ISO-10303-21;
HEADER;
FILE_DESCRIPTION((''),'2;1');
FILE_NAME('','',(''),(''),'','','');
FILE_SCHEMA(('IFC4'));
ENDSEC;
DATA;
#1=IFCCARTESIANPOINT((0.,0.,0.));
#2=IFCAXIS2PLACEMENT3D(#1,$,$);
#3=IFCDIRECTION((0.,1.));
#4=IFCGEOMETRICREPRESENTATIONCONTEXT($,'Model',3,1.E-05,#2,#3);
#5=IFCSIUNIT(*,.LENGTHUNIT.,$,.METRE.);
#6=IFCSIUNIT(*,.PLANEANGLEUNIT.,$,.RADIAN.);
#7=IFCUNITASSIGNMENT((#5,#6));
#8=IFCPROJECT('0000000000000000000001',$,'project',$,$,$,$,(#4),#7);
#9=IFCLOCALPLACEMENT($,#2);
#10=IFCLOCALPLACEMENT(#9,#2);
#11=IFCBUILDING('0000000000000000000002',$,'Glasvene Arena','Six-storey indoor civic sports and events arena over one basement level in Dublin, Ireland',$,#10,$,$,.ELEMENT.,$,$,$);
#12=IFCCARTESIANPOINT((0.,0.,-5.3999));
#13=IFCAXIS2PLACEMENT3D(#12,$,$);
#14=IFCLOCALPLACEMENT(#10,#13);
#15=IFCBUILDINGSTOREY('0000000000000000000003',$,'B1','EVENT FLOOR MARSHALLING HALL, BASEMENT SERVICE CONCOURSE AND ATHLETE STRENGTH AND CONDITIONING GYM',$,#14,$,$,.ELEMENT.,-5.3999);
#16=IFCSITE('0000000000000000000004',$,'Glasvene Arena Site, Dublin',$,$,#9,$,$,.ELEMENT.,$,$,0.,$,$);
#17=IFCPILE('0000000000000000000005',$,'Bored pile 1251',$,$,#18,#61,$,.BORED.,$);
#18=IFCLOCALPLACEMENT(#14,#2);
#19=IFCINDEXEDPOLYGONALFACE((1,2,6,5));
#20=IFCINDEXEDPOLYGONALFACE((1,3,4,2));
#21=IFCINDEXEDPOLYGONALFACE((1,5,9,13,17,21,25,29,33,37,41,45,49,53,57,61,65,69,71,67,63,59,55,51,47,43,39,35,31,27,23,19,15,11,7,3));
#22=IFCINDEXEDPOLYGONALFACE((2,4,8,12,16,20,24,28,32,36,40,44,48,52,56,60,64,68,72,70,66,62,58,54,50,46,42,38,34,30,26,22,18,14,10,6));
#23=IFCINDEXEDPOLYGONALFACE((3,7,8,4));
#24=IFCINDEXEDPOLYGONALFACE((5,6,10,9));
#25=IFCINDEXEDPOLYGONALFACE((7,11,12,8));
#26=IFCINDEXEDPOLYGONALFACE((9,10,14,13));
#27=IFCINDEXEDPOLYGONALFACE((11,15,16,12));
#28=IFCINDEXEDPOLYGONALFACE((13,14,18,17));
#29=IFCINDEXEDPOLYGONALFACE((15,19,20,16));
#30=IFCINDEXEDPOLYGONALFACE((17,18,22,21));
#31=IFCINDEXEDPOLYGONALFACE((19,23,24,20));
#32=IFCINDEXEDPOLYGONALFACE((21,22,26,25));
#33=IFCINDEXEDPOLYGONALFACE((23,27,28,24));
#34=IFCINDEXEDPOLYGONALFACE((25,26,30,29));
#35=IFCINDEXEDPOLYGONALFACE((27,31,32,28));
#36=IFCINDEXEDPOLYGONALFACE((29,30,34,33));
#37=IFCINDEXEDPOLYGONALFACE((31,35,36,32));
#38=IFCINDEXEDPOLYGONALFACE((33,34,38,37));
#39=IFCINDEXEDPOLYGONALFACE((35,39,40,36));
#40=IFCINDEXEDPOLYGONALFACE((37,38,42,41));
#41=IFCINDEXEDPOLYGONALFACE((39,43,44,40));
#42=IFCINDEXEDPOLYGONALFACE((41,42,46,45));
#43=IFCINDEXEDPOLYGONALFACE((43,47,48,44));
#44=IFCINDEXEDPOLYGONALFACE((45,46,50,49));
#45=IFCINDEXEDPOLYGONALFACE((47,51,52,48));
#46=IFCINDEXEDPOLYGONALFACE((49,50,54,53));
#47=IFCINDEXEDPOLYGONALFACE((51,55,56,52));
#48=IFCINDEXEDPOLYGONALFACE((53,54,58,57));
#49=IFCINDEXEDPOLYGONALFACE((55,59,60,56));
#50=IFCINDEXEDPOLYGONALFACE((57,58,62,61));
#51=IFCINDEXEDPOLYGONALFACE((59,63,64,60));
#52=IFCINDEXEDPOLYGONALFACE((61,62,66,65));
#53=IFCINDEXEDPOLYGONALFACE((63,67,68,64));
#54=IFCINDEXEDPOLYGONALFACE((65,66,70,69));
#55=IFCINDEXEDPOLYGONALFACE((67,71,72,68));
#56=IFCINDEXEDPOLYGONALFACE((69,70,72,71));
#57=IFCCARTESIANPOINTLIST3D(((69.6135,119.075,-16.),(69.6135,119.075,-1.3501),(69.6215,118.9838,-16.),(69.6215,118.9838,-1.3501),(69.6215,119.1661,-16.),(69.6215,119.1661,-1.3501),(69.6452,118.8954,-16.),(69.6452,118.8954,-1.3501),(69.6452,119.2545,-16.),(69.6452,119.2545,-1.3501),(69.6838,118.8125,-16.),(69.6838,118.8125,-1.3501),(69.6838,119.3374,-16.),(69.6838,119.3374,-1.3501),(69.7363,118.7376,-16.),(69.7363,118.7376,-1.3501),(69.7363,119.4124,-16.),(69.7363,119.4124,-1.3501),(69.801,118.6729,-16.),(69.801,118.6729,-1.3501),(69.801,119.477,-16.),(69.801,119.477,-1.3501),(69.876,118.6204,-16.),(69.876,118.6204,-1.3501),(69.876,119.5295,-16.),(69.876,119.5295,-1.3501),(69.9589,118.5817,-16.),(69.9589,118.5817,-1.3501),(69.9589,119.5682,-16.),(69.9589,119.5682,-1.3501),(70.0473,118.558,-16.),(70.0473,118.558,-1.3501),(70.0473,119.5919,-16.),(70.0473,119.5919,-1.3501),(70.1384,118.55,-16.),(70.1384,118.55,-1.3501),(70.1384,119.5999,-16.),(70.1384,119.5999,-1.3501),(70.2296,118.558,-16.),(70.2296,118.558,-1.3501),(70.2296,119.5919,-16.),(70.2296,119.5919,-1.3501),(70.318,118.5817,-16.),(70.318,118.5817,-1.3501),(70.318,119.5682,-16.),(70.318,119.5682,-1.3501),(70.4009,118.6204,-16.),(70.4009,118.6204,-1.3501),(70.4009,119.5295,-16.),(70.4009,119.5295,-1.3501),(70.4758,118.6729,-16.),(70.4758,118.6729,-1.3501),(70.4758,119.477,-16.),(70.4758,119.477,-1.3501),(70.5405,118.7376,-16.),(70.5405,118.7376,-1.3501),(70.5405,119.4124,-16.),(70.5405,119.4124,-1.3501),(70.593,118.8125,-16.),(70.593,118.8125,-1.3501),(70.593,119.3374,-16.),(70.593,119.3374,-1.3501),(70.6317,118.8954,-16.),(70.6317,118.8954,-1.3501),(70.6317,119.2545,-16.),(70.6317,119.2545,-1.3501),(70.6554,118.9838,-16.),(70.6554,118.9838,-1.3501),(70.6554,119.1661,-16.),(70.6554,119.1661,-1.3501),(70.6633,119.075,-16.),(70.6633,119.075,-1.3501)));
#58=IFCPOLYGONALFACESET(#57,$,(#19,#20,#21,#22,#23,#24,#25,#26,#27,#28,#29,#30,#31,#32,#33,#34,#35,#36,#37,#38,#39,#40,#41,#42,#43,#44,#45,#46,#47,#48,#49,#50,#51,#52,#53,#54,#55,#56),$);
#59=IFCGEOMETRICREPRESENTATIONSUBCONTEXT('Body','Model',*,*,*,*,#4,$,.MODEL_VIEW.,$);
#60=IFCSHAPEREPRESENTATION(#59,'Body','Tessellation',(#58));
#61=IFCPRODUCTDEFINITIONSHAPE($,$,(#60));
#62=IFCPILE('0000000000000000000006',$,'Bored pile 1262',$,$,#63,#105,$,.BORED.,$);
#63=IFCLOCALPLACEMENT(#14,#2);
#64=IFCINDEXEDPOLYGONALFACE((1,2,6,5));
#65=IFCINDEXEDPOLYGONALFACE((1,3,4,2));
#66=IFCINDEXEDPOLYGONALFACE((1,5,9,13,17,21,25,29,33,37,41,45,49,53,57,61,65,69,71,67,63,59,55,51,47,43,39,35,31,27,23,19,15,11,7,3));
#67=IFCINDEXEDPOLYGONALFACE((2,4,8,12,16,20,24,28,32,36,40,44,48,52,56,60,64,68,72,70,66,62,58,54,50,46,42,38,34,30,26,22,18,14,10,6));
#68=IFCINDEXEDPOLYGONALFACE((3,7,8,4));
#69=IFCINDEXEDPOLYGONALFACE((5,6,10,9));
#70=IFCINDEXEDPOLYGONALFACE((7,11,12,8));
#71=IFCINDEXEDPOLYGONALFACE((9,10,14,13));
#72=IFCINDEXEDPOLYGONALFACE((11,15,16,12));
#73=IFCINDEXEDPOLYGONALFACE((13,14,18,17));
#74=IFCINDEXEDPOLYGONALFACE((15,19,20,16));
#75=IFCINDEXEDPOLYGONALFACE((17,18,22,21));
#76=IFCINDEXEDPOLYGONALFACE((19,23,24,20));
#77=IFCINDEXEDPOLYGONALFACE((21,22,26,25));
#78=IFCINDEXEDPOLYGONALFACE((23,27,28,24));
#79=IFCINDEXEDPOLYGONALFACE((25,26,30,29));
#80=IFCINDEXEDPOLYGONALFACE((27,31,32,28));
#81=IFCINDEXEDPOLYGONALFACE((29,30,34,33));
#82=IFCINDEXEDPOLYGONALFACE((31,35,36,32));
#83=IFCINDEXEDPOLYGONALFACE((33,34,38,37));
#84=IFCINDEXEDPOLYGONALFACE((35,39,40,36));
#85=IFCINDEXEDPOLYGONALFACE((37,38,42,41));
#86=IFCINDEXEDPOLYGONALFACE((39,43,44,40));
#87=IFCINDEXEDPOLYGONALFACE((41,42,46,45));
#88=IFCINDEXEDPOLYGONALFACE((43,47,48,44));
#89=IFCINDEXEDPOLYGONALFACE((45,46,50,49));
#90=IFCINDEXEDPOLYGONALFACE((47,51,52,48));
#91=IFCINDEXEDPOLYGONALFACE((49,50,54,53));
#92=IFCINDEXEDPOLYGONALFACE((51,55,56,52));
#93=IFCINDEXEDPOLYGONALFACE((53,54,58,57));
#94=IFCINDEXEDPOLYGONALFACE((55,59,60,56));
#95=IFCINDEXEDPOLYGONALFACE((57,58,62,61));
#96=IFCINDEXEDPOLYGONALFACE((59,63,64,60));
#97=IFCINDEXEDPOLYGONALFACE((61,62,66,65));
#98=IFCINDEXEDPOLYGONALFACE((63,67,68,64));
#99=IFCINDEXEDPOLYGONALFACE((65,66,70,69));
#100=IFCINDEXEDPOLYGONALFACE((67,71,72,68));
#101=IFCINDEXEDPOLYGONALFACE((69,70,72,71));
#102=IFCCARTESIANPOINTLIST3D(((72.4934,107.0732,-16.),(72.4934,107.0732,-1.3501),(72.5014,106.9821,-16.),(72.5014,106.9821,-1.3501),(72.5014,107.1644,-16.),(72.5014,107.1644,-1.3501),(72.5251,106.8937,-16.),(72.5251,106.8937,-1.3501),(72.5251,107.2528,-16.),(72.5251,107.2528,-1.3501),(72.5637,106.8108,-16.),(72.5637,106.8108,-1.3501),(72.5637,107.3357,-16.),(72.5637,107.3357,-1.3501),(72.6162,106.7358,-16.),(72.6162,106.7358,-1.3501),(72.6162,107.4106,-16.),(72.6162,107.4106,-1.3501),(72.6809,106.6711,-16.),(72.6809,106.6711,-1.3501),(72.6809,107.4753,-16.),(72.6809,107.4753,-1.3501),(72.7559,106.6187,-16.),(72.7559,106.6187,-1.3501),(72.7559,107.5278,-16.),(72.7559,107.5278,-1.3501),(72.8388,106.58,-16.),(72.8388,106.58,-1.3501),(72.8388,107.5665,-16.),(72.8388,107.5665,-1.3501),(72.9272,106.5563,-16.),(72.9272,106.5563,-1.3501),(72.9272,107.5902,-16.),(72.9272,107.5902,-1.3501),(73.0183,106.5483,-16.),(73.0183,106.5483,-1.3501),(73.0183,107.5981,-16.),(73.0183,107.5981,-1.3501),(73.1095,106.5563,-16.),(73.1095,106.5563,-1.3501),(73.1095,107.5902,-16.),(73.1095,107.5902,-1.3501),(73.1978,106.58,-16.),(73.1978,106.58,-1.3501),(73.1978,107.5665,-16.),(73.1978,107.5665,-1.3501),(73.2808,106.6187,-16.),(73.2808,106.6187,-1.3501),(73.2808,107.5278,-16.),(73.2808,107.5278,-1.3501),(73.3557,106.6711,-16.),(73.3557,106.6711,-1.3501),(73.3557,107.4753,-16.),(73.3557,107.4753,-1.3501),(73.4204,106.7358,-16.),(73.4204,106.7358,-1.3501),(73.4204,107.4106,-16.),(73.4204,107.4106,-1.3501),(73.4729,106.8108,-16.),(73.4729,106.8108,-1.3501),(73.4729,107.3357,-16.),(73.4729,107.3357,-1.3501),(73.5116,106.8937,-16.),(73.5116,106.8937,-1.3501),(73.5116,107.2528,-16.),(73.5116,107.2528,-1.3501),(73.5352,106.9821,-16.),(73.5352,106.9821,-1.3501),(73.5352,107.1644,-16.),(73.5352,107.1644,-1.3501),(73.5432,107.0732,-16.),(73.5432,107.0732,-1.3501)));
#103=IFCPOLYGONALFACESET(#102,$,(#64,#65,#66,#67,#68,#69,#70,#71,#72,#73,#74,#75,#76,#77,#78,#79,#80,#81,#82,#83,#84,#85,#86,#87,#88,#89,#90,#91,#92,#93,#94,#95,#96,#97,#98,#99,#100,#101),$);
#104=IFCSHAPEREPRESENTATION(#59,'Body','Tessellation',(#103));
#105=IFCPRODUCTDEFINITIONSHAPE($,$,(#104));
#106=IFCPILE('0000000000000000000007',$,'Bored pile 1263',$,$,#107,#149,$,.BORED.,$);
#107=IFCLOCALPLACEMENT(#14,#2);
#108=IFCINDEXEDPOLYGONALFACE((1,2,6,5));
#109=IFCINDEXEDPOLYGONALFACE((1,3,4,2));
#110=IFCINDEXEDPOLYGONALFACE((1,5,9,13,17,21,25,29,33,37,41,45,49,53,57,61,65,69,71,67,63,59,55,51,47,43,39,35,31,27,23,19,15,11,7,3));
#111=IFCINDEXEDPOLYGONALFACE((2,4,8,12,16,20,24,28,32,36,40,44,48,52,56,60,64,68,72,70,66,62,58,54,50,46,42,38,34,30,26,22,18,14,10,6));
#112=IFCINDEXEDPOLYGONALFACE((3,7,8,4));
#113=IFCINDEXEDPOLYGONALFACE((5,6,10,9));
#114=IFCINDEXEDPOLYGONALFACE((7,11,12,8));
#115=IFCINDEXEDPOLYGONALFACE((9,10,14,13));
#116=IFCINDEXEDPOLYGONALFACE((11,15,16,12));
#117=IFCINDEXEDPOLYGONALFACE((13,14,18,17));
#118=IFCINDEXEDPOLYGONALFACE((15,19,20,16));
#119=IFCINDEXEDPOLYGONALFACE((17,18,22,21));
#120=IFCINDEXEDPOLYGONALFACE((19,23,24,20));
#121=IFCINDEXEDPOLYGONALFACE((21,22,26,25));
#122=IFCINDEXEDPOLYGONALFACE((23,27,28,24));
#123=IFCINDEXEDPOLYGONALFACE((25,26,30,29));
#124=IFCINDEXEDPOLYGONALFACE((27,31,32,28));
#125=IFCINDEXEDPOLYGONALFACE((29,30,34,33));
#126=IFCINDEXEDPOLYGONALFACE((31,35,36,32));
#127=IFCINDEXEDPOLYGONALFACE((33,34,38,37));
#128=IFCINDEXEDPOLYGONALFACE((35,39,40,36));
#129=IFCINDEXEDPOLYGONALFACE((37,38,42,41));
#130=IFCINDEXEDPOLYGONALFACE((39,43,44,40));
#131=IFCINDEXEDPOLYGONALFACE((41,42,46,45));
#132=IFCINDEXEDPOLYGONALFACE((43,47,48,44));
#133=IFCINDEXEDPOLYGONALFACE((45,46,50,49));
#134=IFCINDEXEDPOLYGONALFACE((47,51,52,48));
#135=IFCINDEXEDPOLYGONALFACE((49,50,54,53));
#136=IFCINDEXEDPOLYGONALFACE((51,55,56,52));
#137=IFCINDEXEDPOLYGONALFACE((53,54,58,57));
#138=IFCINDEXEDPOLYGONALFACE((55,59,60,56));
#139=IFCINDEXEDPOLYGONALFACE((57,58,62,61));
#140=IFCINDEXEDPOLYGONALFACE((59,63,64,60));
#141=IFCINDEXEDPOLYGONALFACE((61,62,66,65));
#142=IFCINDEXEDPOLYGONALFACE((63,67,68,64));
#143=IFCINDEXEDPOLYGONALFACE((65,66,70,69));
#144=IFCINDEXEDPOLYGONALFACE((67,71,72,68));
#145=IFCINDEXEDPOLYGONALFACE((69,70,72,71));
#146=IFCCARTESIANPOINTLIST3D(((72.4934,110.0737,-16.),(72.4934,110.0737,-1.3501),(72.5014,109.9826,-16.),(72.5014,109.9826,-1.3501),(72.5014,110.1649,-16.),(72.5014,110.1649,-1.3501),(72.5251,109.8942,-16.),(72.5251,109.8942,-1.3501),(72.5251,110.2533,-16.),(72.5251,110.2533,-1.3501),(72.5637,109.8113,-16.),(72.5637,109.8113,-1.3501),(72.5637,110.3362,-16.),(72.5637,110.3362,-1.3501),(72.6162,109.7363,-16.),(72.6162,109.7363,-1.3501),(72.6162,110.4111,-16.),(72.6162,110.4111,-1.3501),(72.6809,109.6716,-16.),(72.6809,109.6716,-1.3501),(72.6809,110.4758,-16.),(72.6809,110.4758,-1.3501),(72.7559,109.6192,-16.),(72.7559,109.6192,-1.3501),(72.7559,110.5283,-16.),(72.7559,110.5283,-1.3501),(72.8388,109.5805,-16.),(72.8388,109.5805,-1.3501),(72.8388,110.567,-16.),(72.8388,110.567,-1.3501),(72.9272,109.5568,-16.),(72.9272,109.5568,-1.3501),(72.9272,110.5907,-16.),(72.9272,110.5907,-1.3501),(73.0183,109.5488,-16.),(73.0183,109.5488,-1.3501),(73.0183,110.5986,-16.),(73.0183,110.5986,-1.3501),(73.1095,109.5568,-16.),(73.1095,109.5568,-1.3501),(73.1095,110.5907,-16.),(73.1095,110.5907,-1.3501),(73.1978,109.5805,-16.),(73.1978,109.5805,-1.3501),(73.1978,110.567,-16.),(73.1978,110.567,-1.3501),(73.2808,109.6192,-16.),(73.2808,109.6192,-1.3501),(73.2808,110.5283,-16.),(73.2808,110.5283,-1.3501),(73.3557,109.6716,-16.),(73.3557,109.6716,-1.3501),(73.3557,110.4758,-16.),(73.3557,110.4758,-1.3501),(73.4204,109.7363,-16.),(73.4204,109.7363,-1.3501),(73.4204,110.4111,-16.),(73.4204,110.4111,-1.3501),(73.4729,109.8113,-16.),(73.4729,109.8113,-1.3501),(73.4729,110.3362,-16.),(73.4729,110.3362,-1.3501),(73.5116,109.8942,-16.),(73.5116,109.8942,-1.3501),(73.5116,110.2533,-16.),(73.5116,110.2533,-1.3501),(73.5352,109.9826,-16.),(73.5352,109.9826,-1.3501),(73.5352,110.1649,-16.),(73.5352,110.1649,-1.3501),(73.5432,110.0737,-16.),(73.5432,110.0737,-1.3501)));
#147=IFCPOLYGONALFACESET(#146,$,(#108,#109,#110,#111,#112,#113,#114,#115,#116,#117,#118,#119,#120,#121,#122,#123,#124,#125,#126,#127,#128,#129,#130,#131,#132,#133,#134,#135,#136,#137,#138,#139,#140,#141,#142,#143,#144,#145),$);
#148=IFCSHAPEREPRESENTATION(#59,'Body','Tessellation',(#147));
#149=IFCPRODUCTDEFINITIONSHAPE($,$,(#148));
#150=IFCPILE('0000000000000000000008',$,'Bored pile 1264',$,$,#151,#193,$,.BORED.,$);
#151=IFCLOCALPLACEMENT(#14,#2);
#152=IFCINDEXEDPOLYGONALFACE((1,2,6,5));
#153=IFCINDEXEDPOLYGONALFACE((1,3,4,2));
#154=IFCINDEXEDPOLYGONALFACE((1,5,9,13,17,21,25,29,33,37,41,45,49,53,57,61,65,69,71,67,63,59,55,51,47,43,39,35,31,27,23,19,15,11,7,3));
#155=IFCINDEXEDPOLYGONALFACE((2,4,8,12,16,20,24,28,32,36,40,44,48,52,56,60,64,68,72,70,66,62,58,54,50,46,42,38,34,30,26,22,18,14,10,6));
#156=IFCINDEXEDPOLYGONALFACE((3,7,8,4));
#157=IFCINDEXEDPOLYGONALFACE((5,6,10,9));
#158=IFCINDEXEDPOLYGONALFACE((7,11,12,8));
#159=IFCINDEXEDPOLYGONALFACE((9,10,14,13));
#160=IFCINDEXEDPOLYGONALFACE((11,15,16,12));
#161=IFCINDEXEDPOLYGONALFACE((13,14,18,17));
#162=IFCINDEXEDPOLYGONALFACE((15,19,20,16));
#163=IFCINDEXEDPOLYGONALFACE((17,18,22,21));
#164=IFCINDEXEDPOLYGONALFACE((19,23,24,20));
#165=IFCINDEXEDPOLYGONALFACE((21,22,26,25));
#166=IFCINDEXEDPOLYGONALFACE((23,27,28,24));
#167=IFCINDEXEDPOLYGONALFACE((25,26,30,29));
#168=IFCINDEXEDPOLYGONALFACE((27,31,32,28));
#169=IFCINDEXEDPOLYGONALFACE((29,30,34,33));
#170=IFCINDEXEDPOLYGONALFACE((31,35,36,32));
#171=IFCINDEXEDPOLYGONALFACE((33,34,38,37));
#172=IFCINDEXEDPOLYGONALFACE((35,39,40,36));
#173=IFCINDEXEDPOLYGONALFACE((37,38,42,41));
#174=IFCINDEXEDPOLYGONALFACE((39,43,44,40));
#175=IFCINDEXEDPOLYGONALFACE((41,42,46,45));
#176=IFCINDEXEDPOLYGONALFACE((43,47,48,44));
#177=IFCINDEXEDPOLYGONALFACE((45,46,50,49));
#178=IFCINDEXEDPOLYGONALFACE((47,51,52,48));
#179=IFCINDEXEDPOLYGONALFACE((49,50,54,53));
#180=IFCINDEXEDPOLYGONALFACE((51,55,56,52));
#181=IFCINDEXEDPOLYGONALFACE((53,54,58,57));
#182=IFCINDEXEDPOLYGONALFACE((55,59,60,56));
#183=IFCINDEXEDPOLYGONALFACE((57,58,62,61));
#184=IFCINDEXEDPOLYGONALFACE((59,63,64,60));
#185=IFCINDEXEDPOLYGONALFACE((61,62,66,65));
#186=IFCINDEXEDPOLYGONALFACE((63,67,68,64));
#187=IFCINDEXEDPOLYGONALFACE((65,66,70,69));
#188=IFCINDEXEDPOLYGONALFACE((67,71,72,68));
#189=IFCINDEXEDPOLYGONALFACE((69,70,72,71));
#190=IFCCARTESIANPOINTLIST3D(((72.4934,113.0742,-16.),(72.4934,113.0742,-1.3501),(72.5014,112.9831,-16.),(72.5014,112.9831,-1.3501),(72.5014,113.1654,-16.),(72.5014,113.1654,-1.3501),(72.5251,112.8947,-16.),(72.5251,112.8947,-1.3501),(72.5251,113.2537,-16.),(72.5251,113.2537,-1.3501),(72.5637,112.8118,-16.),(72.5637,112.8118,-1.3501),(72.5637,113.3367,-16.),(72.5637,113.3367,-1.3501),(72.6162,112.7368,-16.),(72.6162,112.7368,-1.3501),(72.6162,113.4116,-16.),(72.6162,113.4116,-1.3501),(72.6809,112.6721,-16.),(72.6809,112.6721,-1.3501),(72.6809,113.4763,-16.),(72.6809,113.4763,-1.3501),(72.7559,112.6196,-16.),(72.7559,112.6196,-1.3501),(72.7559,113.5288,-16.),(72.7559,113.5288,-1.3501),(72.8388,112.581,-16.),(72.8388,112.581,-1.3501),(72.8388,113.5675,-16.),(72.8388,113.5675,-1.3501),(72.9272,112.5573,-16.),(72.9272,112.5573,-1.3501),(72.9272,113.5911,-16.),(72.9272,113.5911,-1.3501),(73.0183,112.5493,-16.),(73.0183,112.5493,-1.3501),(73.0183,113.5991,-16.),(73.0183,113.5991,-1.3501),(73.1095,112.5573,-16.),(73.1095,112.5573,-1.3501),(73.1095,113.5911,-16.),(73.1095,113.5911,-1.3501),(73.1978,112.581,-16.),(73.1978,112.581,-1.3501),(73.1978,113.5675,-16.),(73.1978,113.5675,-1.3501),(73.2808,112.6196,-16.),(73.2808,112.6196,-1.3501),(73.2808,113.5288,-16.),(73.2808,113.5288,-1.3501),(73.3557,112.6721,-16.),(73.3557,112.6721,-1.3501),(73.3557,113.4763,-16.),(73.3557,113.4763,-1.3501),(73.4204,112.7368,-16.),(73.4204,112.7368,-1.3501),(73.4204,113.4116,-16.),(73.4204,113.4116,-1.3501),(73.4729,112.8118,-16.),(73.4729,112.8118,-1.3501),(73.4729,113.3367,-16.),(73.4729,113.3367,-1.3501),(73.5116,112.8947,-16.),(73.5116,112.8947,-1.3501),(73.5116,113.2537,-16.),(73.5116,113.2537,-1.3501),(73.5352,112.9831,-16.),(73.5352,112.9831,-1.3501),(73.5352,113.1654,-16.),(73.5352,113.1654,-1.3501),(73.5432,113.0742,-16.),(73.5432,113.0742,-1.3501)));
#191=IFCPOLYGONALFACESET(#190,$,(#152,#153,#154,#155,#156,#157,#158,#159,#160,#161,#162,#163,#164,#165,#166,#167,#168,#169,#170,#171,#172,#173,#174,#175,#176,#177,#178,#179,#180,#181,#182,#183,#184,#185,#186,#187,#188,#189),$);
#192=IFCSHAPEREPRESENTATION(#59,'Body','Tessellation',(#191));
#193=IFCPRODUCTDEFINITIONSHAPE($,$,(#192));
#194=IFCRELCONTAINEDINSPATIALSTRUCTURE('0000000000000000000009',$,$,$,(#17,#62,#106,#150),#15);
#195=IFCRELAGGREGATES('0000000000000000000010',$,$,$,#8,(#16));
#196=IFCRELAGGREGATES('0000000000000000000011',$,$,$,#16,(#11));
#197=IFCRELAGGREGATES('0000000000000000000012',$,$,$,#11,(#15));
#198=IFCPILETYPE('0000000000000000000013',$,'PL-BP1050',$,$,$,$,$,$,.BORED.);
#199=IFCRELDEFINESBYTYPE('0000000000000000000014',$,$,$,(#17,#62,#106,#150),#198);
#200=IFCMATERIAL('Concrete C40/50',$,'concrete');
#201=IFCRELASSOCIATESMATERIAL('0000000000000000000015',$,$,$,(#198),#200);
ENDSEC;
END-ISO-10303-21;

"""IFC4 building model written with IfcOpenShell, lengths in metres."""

from ifc_helpers import new_model, si_unit, direction, frame, origin, origin_2d, place, context, subcontext, project, spatial, circle, extrude, material, material_profile, profile_set, type_object, element, save


model = new_model("IFC4")

# Units and contexts
model_context = context("Model", 3, precision=1e-05, world=origin(), true_north=direction((0.0, 1.0)))
body_context = subcontext(model_context, "Body", "Model", "MODEL_VIEW")
ifc_project = project(units=[si_unit("LENGTHUNIT", "METRE"), si_unit("PLANEANGLEUNIT", "RADIAN")], contexts=[model_context])

# Site, building, storey
site_placement = place(None, origin())
site = spatial("IfcSite", under=ifc_project, at=site_placement, Name="Glasvene Arena Site, Dublin", CompositionType="ELEMENT", RefElevation=0.0)
building_placement = place(site_placement, origin())
building = spatial("IfcBuilding", under=site, at=building_placement, Name="Glasvene Arena", Description="Six-storey indoor civic sports and events arena over one basement level in Dublin, Ireland", CompositionType="ELEMENT")
storey_placement = place(building_placement, frame((0.0, 0.0, -5.3999)))
storey = spatial("IfcBuildingStorey", under=building, at=storey_placement, Name="B1", Description="EVENT FLOOR MARSHALLING HALL, BASEMENT SERVICE CONCOURSE AND ATHLETE STRENGTH AND CONDITIONING GYM", CompositionType="ELEMENT", Elevation=-5.3999)

# Piles
ifc_material_1 = material(Name="Concrete C40/50", Category="concrete")
ifc_material_profile_1 = material_profile(ifc_material_1, circle(Radius=0.5249, at=origin_2d()), Name="BORED PILE 1050")
ifc_profile_set_1 = profile_set([ifc_material_profile_1], Name="Concrete C40/50")
pile_type = type_object("IfcPileType", Name="PL-BP1050", PredefinedType="BORED", material=ifc_profile_set_1)
for number, where, z_axis, x_axis, name in (
    (1, (70.1384, 119.075, -1.3501), (0.0, 0.0, -1.0), (1.0, 0.0, 0.0), "Bored pile 1251"),
    (2, (73.0183, 107.0732, -1.3501), (0.0, 0.0, -1.0), (1.0, 0.0, 0.0), "Bored pile 1262"),
    (3, (73.0183, 110.0737, -1.3501), (0.0, 0.0, -1.0), (1.0, 0.0, 0.0), "Bored pile 1263"),
    (4, (73.0183, 113.0742, -1.3501), (0.0, 0.0, -1.0), (1.0, 0.0, 0.0), "Bored pile 1264"),
):
    element("IfcPile", number, at=place(storey_placement, frame(where, z_axis=z_axis, x_axis=x_axis)), inside=storey, type_object=pile_type, Name=name, PredefinedType="BORED", context=body_context, shape_type="SweptSolid", body=[
        extrude(circle(Radius=0.5249, at=origin_2d()), origin(), (0.0, 0.0, 1.0), 14.6499),
    ])

save(model, "model.ifc")
